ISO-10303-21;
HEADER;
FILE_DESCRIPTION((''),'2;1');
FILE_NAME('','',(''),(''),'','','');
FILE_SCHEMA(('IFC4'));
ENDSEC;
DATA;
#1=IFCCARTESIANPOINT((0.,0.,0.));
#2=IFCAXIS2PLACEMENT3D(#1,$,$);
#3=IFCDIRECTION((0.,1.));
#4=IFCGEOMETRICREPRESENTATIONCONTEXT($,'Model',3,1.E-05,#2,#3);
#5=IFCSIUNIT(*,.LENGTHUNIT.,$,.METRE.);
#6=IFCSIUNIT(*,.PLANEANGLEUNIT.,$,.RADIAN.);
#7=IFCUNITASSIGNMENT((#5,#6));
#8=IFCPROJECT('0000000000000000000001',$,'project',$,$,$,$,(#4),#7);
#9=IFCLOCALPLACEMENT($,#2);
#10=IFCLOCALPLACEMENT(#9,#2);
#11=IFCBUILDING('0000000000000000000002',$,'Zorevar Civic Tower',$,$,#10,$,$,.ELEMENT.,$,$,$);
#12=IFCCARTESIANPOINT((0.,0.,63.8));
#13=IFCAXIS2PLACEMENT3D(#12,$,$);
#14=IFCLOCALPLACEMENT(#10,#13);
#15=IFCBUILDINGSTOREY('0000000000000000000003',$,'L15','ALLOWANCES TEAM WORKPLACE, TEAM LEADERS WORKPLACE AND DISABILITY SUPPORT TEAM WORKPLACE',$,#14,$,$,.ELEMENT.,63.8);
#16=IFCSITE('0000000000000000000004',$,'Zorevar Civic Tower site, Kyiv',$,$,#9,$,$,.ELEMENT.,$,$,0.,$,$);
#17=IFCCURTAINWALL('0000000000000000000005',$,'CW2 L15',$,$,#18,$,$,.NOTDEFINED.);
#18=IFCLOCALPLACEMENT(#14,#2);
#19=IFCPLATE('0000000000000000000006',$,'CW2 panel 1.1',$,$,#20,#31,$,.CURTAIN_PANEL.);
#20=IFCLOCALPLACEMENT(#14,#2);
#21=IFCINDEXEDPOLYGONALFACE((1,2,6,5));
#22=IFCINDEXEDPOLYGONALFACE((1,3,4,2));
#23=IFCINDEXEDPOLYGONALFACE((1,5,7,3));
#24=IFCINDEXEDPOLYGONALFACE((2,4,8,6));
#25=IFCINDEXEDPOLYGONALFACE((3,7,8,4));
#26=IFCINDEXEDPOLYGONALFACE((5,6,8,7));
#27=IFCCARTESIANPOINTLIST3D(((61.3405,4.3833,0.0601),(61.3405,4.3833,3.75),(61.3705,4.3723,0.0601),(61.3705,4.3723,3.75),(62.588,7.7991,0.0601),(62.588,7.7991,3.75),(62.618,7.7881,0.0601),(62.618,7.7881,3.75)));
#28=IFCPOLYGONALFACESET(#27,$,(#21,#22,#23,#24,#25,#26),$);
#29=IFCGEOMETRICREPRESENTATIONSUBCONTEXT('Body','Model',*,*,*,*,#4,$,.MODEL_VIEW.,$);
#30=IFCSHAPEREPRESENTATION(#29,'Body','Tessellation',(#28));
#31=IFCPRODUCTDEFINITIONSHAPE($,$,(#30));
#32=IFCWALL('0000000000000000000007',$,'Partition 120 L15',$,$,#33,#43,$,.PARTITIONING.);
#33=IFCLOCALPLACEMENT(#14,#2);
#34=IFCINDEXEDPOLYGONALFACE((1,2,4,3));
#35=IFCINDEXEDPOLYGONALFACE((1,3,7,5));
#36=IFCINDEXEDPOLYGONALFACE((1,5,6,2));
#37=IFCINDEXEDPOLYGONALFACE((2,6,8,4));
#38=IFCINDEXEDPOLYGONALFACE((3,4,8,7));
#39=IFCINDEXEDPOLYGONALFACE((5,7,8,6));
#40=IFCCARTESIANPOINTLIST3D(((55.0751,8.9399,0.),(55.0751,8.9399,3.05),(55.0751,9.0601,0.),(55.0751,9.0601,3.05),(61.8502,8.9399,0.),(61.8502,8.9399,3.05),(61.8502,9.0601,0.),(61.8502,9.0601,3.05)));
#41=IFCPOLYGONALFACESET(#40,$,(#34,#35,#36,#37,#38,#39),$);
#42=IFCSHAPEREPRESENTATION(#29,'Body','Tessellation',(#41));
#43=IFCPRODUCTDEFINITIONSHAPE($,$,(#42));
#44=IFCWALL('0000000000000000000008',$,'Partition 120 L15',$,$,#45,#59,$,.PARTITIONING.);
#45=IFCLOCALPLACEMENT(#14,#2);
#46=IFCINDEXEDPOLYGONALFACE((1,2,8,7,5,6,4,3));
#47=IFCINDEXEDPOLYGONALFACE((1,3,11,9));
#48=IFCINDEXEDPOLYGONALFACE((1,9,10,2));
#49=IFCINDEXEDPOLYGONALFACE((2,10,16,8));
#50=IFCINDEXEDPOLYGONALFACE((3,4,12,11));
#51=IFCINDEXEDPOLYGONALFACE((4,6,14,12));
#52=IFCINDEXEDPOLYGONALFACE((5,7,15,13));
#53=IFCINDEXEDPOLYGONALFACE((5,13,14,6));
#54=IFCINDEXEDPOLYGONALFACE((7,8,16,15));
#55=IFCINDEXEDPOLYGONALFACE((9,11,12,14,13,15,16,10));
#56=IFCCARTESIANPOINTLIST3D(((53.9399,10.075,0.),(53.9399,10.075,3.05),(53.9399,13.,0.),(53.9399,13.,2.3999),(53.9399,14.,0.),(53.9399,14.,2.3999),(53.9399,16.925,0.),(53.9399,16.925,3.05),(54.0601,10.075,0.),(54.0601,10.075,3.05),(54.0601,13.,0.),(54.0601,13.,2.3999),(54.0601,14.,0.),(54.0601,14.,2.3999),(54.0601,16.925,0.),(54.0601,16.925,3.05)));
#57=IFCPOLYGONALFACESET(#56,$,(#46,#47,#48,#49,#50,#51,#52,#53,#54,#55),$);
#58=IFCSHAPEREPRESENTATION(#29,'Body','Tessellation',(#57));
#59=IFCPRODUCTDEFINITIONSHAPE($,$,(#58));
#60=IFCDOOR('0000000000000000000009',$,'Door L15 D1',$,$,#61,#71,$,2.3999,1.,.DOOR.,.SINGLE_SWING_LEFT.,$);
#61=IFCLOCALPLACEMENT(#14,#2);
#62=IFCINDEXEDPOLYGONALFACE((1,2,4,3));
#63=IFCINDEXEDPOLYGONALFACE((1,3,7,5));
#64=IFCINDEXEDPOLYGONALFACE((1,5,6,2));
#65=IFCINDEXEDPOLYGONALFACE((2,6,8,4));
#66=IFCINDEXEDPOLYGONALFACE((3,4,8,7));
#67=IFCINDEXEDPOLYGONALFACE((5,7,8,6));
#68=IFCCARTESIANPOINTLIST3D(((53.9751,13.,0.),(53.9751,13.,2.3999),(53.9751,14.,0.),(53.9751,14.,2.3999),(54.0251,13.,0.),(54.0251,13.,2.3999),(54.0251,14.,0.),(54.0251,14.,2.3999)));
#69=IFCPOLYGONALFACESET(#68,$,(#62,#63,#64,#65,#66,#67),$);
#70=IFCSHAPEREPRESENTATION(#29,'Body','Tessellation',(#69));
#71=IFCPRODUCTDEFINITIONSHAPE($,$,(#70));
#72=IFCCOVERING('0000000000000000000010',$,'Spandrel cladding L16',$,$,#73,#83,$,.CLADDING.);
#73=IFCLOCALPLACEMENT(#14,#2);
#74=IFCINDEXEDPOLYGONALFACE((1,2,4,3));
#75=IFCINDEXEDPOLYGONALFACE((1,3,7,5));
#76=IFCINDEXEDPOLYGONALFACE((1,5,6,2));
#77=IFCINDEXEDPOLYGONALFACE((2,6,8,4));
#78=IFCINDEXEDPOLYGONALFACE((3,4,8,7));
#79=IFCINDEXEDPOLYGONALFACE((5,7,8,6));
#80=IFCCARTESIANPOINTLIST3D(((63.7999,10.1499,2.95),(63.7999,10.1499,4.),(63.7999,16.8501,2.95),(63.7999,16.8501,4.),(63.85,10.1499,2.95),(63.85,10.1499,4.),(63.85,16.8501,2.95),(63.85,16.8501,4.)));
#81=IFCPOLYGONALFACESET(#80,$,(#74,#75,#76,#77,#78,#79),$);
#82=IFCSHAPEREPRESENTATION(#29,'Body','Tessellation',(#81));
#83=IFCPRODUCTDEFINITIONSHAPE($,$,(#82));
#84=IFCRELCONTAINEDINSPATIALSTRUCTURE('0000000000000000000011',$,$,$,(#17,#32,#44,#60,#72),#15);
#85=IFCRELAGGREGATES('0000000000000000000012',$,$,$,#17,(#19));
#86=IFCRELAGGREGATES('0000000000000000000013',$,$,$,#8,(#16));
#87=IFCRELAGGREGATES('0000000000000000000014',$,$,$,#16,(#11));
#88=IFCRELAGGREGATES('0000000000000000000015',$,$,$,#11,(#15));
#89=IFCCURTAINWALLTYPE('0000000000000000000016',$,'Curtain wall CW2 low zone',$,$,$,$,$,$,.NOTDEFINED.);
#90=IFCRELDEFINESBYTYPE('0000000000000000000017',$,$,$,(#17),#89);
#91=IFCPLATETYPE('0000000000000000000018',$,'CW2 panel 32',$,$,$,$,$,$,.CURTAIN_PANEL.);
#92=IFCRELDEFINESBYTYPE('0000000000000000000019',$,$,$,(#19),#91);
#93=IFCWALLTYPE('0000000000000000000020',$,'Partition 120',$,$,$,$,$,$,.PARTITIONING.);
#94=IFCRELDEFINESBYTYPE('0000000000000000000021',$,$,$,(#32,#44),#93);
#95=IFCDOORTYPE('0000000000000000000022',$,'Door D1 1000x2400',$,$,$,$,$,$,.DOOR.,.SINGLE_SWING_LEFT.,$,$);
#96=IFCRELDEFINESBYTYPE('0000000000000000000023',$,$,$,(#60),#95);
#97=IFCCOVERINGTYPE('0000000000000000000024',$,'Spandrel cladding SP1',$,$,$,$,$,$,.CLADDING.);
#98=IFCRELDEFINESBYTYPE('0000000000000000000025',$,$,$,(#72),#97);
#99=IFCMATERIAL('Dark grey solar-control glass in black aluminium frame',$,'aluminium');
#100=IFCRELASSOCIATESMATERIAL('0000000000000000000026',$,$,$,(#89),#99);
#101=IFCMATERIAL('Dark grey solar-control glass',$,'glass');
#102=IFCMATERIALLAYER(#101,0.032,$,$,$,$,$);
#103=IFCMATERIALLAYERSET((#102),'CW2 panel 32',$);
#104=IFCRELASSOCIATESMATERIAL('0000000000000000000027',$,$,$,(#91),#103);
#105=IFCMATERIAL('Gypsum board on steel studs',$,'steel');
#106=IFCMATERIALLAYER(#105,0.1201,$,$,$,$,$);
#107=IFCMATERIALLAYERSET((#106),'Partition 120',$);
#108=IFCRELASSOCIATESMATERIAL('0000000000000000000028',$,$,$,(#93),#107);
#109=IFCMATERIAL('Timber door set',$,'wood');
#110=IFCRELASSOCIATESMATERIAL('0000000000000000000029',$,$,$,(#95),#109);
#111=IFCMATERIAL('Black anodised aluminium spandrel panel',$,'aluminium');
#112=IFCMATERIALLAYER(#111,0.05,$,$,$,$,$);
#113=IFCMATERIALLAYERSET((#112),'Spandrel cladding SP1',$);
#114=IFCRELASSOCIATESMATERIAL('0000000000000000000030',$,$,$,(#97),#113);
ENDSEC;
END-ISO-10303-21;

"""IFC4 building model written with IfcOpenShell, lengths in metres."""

from ifc_helpers import new_model, si_unit, direction, frame, frame_2d, origin, origin_2d, place, context, subcontext, project, spatial, rectangle, extrude, material, layer, layer_set, type_object, element, fill, aggregate, save


model = new_model("IFC4")

# Units and contexts
model_context = context("Model", 3, precision=1e-05, world=origin(), true_north=direction((0.0, 1.0)))
body_context = subcontext(model_context, "Body", "Model", "MODEL_VIEW")
ifc_project = project(units=[si_unit("LENGTHUNIT", "METRE"), si_unit("PLANEANGLEUNIT", "RADIAN")], contexts=[model_context])

# Site, building, storey
site_placement = place(None, origin())
site = spatial("IfcSite", under=ifc_project, at=site_placement, Name="Zorevar Civic Tower site, Kyiv", CompositionType="ELEMENT", RefElevation=0.0)
building_placement = place(site_placement, origin())
building = spatial("IfcBuilding", under=site, at=building_placement, Name="Zorevar Civic Tower", CompositionType="ELEMENT")
storey_placement = place(building_placement, frame((0.0, 0.0, 63.8)))
storey = spatial("IfcBuildingStorey", under=building, at=storey_placement, Name="L15", Description="ALLOWANCES TEAM WORKPLACE, TEAM LEADERS WORKPLACE AND DISABILITY SUPPORT TEAM WORKPLACE", CompositionType="ELEMENT", Elevation=63.8)

# Shared definitions
ifc_material_1 = material(Name="Dark grey solar-control glass in black aluminium frame", Category="aluminium")
curtain_wall_type = type_object("IfcCurtainWallType", Name="Curtain wall CW2 low zone", PredefinedType="NOTDEFINED", material=ifc_material_1)

# Curtain wall
curtain_wall_1_placement = place(storey_placement, origin())
curtain_wall_1 = element("IfcCurtainWall", 1, at=curtain_wall_1_placement, inside=storey, type_object=curtain_wall_type, Name="CW2 L15", PredefinedType="NOTDEFINED")

# Plate
ifc_material_2 = material(Name="Dark grey solar-control glass", Category="glass")
ifc_layer_1 = layer(ifc_material_2, 0.032)
ifc_layer_set_1 = layer_set([ifc_layer_1], Name="CW2 panel 32")
plate_type = type_object("IfcPlateType", Name="CW2 panel 32", PredefinedType="CURTAIN_PANEL", material=ifc_layer_set_1)
plate_1_placement = place(storey_placement, frame((61.9792, 6.0857, 0.0601), z_axis=(0.0, 0.0, 1.0), x_axis=(0.34306, 0.939313, 0.0)))
plate_1 = element("IfcPlate", 2, at=plate_1_placement, type_object=plate_type, Name="CW2 panel 1.1", PredefinedType="CURTAIN_PANEL", context=body_context, shape_type="SweptSolid", body=[
    extrude(rectangle(XDim=3.6365, YDim=0.032, at=origin_2d()), origin(), (0.0, 0.0, 1.0), 3.6899),
])
aggregate(curtain_wall_1, [plate_1])

# Wall
ifc_material_3 = material(Name="Gypsum board on steel studs", Category="steel")
ifc_layer_2 = layer(ifc_material_3, 0.1201)
ifc_layer_set_2 = layer_set([ifc_layer_2], Name="Partition 120")
wall_type = type_object("IfcWallType", Name="Partition 120", PredefinedType="PARTITIONING", material=ifc_layer_set_2)
wall_1_placement = place(storey_placement, frame((55.075, 9.0, 0.0), z_axis=(0.0, 0.0, 1.0), x_axis=(1.0, 0.0, 0.0)))
element("IfcWall", 3, at=wall_1_placement, inside=storey, type_object=wall_type, Name="Partition 120 L15", PredefinedType="PARTITIONING", context=body_context, shape_type="SweptSolid", body=[
    extrude(rectangle(XDim=6.7751, YDim=0.1201, at=frame_2d((3.3877, 0.0))), origin(), (0.0, 0.0, 1.0), 3.05),
])

# Wall, opening, door
wall_2_placement = place(storey_placement, frame((54.0, 10.075, 0.0), z_axis=(0.0, 0.0, 1.0), x_axis=(0.0, 1.0, 0.0)))
wall_2 = element("IfcWall", 4, at=wall_2_placement, inside=storey, type_object=wall_type, Name="Partition 120 L15", PredefinedType="PARTITIONING", context=body_context, shape_type="SweptSolid", body=[
    extrude(rectangle(XDim=6.8501, YDim=0.1201, at=frame_2d((3.425, 0.0))), origin(), (0.0, 0.0, 1.0), 3.05),
])
opening_placement = place(wall_2_placement, frame((2.925, 0.0, 0.0)))
opening = element("IfcOpeningElement", 5, at=opening_placement, cuts=wall_2, PredefinedType="OPENING", context=body_context, shape_type="SweptSolid", body=[
    extrude(rectangle(XDim=1.0, YDim=2.3999, at=frame_2d((0.5, 1.2))), frame((0.0, 0.0701, 0.0), z_axis=(0.0, -1.0, 0.0), x_axis=(1.0, 0.0, 0.0)), (0.0, 0.0, 1.0), 0.1401),
])
ifc_material_4 = material(Name="Timber door set", Category="wood")
door_type = type_object("IfcDoorType", Name="Door D1 1000x2400", OperationType="SINGLE_SWING_LEFT", PredefinedType="DOOR", material=ifc_material_4)
door_placement = place(opening_placement, origin())
door = element("IfcDoor", 6, at=door_placement, inside=storey, type_object=door_type, Name="Door L15 D1", OperationType="SINGLE_SWING_LEFT", OverallHeight=2.3999, OverallWidth=1.0, PredefinedType="DOOR", context=body_context, shape_type="SweptSolid", body=[
    extrude(rectangle(XDim=1.0, YDim=2.3999, at=frame_2d((0.5, 1.2))), frame((0.0, 0.0249, 0.0), z_axis=(0.0, -1.0, 0.0), x_axis=(1.0, 0.0, 0.0)), (0.0, 0.0, 1.0), 0.05),
])
fill(opening, door)

# Covering
ifc_material_5 = material(Name="Black anodised aluminium spandrel panel", Category="aluminium")
ifc_layer_3 = layer(ifc_material_5, 0.05)
ifc_layer_set_3 = layer_set([ifc_layer_3], Name="Spandrel cladding SP1")
covering_type = type_object("IfcCoveringType", Name="Spandrel cladding SP1", PredefinedType="CLADDING", material=ifc_layer_set_3)
covering_placement = place(storey_placement, frame((63.825, 10.1499, 2.95), z_axis=(0.0, 0.0, 1.0), x_axis=(0.0, 1.0, 0.0)))
element("IfcCovering", 7, at=covering_placement, inside=storey, type_object=covering_type, Name="Spandrel cladding L16", PredefinedType="CLADDING", context=body_context, shape_type="SweptSolid", body=[
    extrude(rectangle(XDim=6.7002, YDim=0.05, at=frame_2d((3.3501, 0.0))), origin(), (0.0, 0.0, 1.0), 1.05),
])

save(model, "model.ifc")
